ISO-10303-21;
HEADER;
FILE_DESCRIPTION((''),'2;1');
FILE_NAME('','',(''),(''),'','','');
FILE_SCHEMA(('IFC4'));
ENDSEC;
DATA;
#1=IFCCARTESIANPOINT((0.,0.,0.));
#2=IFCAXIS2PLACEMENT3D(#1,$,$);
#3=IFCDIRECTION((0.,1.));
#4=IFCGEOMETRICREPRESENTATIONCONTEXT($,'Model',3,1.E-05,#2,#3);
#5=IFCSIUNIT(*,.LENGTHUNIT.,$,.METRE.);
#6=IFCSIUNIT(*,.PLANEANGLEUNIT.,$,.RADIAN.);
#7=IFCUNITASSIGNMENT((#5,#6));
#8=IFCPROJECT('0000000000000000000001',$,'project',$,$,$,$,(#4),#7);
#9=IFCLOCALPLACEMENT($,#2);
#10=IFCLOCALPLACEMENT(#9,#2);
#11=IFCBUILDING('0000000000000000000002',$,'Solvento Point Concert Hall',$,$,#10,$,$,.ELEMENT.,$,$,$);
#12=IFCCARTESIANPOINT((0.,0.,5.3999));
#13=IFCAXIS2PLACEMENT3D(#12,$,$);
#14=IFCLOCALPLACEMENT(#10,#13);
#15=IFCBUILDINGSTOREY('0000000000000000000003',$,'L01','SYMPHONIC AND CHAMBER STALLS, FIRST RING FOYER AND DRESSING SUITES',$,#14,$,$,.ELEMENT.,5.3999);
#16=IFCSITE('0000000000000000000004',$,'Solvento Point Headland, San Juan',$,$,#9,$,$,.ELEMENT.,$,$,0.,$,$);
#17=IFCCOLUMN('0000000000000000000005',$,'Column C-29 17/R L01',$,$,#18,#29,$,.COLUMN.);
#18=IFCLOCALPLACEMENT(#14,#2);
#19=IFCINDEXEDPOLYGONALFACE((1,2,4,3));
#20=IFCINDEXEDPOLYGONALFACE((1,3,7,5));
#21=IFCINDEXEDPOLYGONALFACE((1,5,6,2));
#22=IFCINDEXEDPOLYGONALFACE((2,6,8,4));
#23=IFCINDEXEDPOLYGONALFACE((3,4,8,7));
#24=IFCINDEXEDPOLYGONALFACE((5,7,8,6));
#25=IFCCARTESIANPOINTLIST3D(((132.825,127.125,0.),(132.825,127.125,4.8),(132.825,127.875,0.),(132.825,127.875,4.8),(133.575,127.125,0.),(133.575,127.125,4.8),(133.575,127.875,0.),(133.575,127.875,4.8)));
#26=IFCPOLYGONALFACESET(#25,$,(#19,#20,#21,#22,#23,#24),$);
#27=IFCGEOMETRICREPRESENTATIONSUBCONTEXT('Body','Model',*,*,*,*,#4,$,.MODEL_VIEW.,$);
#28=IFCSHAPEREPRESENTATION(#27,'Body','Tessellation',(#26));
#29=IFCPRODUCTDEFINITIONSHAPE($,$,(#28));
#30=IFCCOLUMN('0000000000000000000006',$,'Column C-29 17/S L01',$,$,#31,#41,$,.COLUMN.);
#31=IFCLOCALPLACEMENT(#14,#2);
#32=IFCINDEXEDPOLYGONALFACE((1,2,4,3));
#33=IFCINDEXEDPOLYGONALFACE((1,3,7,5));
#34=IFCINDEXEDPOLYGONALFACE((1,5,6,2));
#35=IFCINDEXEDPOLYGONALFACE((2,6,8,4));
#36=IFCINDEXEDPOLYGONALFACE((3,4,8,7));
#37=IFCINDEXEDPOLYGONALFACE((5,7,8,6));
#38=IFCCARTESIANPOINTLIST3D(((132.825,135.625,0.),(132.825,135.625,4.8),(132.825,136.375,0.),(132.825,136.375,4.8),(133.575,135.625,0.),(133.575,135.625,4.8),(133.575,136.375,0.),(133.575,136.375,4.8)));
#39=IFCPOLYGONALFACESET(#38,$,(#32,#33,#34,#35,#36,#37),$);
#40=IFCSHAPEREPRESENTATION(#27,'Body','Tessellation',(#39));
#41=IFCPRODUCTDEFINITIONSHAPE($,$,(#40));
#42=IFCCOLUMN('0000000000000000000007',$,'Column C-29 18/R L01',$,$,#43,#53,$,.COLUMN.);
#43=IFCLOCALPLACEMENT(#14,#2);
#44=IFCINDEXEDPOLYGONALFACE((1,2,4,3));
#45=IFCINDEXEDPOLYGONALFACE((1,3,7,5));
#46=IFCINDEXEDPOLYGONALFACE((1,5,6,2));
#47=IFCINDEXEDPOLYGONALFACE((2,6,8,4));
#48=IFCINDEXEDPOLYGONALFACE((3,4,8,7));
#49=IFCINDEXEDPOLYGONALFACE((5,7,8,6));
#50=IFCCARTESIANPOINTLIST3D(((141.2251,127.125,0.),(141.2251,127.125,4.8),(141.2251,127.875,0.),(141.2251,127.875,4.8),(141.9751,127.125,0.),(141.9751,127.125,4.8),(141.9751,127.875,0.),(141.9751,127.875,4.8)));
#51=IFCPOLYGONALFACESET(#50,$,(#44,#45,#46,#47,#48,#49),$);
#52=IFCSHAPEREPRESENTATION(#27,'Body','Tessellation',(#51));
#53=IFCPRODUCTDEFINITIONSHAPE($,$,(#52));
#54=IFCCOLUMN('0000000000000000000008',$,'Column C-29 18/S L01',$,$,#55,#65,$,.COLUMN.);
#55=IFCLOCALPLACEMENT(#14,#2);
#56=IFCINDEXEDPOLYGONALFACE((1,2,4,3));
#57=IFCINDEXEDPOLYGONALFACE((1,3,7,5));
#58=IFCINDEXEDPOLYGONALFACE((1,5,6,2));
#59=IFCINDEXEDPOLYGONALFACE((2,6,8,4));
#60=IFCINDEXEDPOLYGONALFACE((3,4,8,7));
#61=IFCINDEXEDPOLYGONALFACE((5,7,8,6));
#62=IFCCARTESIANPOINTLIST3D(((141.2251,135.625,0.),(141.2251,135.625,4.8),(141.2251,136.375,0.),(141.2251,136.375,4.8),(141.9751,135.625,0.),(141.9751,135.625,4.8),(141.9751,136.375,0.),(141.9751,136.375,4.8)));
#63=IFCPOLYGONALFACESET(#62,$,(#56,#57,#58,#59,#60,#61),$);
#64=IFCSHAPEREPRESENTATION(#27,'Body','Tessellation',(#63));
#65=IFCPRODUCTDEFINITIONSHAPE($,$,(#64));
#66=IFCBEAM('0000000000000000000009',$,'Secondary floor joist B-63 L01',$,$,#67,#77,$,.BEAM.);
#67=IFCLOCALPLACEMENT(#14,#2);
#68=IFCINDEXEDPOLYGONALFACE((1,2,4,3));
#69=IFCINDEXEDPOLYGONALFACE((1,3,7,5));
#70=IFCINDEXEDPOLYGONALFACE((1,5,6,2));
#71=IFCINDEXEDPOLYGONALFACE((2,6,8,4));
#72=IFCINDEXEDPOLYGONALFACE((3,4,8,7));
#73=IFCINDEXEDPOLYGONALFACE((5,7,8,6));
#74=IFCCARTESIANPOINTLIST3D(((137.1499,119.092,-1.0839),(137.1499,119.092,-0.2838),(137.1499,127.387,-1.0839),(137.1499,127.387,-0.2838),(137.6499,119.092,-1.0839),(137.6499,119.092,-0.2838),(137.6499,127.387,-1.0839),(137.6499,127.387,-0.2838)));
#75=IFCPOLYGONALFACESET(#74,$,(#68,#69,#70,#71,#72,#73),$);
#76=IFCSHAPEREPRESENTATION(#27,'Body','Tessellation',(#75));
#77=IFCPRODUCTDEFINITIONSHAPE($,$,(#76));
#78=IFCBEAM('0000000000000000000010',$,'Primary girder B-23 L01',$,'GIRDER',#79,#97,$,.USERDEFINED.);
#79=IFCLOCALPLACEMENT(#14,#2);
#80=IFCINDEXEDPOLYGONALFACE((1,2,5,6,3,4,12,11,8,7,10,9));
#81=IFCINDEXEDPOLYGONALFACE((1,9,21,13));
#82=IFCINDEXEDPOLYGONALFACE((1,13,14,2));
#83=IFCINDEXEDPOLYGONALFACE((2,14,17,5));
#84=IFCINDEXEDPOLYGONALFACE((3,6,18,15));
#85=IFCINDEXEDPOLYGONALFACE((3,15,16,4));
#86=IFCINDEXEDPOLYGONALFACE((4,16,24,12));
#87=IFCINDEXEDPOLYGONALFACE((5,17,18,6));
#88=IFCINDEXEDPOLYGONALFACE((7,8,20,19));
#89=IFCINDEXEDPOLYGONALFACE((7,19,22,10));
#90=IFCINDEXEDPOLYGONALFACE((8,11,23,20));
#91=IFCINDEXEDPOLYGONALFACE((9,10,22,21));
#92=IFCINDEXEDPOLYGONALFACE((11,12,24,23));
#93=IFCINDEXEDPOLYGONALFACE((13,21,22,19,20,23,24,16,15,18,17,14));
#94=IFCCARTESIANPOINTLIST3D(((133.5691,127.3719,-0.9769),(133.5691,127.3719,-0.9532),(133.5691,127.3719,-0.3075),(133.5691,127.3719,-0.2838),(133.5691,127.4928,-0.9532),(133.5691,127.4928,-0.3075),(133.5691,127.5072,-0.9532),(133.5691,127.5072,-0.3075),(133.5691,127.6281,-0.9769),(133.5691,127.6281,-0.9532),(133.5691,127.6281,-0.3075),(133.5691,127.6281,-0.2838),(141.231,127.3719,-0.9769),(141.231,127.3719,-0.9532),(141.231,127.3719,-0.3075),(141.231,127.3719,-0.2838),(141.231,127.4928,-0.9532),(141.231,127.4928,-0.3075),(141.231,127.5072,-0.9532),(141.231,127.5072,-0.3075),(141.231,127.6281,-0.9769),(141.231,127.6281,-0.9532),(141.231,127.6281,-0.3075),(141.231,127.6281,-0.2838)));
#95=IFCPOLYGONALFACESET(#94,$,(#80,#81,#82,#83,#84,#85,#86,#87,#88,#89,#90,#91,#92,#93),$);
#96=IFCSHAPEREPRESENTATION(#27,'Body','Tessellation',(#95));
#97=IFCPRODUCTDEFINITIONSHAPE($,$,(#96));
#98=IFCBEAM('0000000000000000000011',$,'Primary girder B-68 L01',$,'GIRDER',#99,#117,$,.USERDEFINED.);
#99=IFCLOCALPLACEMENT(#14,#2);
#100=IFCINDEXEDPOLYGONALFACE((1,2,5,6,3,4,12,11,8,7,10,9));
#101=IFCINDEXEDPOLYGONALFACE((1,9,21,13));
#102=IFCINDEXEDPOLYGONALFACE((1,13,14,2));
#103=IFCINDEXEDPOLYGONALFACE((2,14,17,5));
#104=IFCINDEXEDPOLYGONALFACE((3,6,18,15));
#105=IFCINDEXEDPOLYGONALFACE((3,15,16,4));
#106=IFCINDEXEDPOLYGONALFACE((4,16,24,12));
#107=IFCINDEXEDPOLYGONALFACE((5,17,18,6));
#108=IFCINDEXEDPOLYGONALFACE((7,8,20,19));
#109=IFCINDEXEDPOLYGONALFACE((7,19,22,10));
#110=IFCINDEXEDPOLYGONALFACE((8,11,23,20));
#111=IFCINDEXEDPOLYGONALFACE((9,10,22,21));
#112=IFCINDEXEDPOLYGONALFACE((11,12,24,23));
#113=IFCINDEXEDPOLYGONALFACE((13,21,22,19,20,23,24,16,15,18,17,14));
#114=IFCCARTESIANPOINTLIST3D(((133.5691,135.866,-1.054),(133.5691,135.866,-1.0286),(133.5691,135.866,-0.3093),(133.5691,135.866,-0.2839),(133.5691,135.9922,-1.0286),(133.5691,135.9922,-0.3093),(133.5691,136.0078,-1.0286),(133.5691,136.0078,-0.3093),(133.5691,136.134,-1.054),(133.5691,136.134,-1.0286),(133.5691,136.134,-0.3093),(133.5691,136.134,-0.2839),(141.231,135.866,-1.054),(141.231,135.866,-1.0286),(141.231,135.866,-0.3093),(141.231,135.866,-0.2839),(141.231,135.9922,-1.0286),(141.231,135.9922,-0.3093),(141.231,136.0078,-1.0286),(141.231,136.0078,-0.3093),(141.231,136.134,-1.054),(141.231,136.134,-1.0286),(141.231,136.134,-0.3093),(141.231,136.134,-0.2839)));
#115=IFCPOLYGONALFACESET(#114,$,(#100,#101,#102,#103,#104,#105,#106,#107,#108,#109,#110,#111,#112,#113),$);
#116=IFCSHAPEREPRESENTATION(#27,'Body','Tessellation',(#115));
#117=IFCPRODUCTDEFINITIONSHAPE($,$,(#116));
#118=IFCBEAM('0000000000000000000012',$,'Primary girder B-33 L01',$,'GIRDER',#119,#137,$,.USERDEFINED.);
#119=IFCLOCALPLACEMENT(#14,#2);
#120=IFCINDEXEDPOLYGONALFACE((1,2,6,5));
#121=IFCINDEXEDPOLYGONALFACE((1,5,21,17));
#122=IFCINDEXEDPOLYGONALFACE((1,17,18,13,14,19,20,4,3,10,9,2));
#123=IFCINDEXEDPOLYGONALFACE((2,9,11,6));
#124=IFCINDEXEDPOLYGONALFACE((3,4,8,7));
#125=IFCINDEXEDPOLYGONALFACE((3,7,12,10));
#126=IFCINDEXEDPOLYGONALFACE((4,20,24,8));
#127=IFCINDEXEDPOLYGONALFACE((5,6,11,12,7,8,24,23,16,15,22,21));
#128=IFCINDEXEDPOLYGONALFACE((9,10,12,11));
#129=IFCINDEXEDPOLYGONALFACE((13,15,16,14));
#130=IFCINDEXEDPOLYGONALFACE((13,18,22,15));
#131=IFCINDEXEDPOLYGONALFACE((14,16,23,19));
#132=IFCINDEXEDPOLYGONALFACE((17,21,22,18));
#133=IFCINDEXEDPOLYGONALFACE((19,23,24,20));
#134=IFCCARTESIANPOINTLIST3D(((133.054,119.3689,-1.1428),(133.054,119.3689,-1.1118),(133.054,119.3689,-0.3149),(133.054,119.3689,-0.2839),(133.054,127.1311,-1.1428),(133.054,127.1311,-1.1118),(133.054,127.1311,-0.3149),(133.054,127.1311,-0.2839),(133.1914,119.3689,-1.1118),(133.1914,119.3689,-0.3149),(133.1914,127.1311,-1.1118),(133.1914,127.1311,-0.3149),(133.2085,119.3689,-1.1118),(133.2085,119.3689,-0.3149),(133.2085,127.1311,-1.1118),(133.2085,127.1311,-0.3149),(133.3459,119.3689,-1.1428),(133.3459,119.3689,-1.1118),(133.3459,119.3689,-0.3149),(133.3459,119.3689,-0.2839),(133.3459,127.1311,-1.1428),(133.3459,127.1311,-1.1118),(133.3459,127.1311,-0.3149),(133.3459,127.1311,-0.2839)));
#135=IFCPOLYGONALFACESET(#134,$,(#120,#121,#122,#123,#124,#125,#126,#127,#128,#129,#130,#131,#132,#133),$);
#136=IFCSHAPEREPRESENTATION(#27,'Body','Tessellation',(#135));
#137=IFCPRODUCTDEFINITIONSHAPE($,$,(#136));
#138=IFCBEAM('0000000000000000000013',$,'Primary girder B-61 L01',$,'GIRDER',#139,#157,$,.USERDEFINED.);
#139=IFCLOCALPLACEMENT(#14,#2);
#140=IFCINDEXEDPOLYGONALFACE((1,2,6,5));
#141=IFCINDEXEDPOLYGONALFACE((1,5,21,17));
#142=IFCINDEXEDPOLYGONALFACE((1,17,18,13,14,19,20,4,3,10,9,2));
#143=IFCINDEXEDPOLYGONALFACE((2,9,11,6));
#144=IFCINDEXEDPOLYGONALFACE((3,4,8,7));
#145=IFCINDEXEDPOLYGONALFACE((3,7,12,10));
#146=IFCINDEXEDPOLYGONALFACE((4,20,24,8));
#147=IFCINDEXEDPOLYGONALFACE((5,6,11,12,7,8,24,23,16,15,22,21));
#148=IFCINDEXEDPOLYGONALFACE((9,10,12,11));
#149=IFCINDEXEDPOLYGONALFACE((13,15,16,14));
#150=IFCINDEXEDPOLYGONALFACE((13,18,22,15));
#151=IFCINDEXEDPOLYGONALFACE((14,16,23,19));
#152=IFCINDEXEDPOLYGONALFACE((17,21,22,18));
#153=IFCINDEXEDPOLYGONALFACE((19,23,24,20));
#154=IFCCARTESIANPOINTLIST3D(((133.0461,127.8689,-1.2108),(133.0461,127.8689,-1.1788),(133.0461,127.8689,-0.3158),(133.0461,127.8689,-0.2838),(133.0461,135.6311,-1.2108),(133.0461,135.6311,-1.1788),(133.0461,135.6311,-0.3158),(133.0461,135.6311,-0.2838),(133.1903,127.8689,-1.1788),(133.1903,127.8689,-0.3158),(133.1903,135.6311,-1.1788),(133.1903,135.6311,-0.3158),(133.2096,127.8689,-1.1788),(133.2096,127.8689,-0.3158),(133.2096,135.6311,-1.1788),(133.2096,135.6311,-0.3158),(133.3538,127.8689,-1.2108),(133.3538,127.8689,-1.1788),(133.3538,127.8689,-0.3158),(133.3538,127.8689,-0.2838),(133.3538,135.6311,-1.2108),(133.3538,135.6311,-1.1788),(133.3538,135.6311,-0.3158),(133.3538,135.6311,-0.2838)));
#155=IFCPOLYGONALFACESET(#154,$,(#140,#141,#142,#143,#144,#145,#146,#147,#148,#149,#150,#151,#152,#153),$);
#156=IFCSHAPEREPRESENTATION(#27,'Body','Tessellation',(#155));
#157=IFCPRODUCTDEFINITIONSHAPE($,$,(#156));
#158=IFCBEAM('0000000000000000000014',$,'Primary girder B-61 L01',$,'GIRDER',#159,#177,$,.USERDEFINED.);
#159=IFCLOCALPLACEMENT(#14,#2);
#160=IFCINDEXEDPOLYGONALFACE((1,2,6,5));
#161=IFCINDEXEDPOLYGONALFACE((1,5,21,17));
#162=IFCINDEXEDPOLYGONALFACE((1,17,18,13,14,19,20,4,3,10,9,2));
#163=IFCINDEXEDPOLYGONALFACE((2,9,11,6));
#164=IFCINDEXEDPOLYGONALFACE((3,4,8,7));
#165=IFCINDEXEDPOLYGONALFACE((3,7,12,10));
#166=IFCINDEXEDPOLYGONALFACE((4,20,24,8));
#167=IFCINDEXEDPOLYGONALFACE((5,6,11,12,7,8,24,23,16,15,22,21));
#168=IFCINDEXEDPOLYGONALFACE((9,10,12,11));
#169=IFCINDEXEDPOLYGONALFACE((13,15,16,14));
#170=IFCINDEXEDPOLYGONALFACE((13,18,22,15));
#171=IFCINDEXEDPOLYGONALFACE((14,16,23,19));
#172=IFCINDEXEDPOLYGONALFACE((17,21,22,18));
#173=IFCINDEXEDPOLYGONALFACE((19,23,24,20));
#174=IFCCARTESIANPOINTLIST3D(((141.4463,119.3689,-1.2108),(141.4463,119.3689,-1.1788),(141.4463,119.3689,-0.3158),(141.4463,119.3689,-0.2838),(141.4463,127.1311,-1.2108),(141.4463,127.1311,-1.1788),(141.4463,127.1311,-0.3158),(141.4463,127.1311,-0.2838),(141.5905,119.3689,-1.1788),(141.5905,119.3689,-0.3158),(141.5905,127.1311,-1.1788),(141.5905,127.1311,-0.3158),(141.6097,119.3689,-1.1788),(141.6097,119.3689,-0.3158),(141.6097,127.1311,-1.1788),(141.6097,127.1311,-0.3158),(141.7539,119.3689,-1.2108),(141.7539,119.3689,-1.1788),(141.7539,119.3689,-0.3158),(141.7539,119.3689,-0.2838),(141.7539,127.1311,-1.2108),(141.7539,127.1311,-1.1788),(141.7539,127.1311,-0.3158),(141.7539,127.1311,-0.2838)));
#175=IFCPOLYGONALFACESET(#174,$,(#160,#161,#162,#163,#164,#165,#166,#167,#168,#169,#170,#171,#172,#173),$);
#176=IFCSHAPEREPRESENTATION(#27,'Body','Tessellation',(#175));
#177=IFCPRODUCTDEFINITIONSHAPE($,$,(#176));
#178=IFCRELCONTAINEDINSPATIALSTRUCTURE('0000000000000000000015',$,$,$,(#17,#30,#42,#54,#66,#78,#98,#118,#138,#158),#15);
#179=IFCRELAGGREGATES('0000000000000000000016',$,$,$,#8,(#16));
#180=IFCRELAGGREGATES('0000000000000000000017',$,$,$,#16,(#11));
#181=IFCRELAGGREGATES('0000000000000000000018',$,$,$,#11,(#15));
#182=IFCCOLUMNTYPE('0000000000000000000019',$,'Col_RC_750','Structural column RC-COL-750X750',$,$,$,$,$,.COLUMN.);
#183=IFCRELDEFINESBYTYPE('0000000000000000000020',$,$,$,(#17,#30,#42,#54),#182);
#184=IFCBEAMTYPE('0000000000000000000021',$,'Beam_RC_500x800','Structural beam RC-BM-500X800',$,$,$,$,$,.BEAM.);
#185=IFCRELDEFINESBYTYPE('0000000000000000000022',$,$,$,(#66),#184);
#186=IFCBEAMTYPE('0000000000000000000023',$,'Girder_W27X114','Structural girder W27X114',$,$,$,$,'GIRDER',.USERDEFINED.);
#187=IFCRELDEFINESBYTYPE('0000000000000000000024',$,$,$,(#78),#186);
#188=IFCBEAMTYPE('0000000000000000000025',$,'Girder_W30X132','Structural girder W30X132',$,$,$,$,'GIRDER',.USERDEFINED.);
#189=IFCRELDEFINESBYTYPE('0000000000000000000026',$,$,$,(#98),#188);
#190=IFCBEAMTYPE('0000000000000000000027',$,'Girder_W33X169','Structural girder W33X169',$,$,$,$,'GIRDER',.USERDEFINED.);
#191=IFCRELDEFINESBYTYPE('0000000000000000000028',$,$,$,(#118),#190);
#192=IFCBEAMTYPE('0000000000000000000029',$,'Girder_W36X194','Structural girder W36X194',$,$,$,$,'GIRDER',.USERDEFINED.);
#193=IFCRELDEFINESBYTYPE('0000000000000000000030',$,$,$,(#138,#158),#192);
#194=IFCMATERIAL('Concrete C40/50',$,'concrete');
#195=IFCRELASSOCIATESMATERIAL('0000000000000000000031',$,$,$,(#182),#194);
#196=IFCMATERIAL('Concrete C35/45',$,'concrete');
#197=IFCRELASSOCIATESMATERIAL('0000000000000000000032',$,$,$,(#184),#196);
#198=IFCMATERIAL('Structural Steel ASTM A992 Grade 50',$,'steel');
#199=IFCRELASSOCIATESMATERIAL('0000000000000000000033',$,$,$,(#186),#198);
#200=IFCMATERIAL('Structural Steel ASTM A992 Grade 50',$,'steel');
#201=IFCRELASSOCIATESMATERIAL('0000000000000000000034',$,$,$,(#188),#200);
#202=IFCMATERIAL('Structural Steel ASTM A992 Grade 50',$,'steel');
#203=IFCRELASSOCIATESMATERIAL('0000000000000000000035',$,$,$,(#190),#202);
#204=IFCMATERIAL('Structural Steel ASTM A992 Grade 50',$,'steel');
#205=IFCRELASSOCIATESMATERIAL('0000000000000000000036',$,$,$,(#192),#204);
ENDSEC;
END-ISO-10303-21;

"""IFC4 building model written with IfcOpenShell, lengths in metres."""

from ifc_helpers import new_model, si_unit, direction, frame, origin, origin_2d, place, context, subcontext, project, spatial, rectangle, i_section, extrude, material, material_profile, profile_set, type_object, element, save


model = new_model("IFC4")

# Units and contexts
model_context = context("Model", 3, precision=1e-05, world=origin(), true_north=direction((0.0, 1.0)))
body_context = subcontext(model_context, "Body", "Model", "MODEL_VIEW")
ifc_project = project(units=[si_unit("LENGTHUNIT", "METRE"), si_unit("PLANEANGLEUNIT", "RADIAN")], contexts=[model_context])

# Site, building, storey
site_placement = place(None, origin())
site = spatial("IfcSite", under=ifc_project, at=site_placement, Name="Solvento Point Headland, San Juan", CompositionType="ELEMENT", RefElevation=0.0)
building_placement = place(site_placement, origin())
building = spatial("IfcBuilding", under=site, at=building_placement, Name="Solvento Point Concert Hall", CompositionType="ELEMENT")
storey_placement = place(building_placement, frame((0.0, 0.0, 5.3999)))
storey = spatial("IfcBuildingStorey", under=building, at=storey_placement, Name="L01", Description="SYMPHONIC AND CHAMBER STALLS, FIRST RING FOYER AND DRESSING SUITES", CompositionType="ELEMENT", Elevation=5.3999)

# Columns
ifc_material_1 = material(Name="Concrete C40/50", Category="concrete")
ifc_material_profile_1 = material_profile(ifc_material_1, rectangle(XDim=0.75, YDim=0.75, at=origin_2d()), Name="RC-COL-750X750")
ifc_profile_set_1 = profile_set([ifc_material_profile_1], Name="Concrete C40/50")
column_type = type_object("IfcColumnType", Name="Col_RC_750", Description="Structural column RC-COL-750X750", PredefinedType="COLUMN", material=ifc_profile_set_1)
for number, where, z_axis, x_axis, name in (
    (1, (133.2, 127.5, 0.0), (0.0, 0.0, 1.0), (1.0, 0.0, 0.0), "Column C-29 17/R L01"),
    (2, (133.2, 136.0, 0.0), (0.0, 0.0, 1.0), (1.0, 0.0, 0.0), "Column C-29 17/S L01"),
    (3, (141.6001, 127.5, 0.0), (0.0, 0.0, 1.0), (1.0, 0.0, 0.0), "Column C-29 18/R L01"),
    (4, (141.6001, 136.0, 0.0), (0.0, 0.0, 1.0), (1.0, 0.0, 0.0), "Column C-29 18/S L01"),
):
    element("IfcColumn", number, at=place(storey_placement, frame(where, z_axis=z_axis, x_axis=x_axis)), inside=storey, type_object=column_type, Name=name, PredefinedType="COLUMN", context=body_context, shape_type="SweptSolid", body=[
        extrude(rectangle(XDim=0.75, YDim=0.75, at=origin_2d()), origin(), (0.0, 0.0, 1.0), 4.8),
    ])

# Beams
ifc_material_2 = material(Name="Concrete C35/45", Category="concrete")
ifc_material_profile_2 = material_profile(ifc_material_2, rectangle(XDim=0.5, YDim=0.8, at=origin_2d()), Name="RC-BM-500X800")
ifc_profile_set_2 = profile_set([ifc_material_profile_2], Name="Concrete C35/45")
beam_type_1 = type_object("IfcBeamType", Name="Beam_RC_500x800", Description="Structural beam RC-BM-500X800", PredefinedType="BEAM", material=ifc_profile_set_2)
beam_1_placement = place(storey_placement, frame((137.3999, 119.092, -0.6838), z_axis=(0.0, 1.0, 0.0), x_axis=(-1.0, 0.0, 0.0)))
element("IfcBeam", 5, at=beam_1_placement, inside=storey, type_object=beam_type_1, Name="Secondary floor joist B-63 L01", PredefinedType="BEAM", context=body_context, shape_type="SweptSolid", body=[
    extrude(rectangle(XDim=0.5, YDim=0.8, at=origin_2d()), origin(), (0.0, 0.0, 1.0), 8.2949),
])
ifc_material_3 = material(Name="Structural Steel ASTM A992 Grade 50", Category="steel")
ifc_material_profile_3 = material_profile(ifc_material_3, i_section(OverallWidth=0.2561, OverallDepth=0.6931, WebThickness=0.0144, FlangeThickness=0.0237, at=origin_2d()), Name="W27X114")
ifc_profile_set_3 = profile_set([ifc_material_profile_3], Name="Structural Steel ASTM A992 Grade 50")
beam_type_2 = type_object("IfcBeamType", Name="Girder_W27X114", Description="Structural girder W27X114", ElementType="GIRDER", PredefinedType="USERDEFINED", material=ifc_profile_set_3)
beam_2_placement = place(storey_placement, frame((133.5691, 127.5, -0.6304), z_axis=(1.0, 0.0, 0.0), x_axis=(0.0, 1.0, 0.0)))
element("IfcBeam", 6, at=beam_2_placement, inside=storey, type_object=beam_type_2, Name="Primary girder B-23 L01", ObjectType="GIRDER", PredefinedType="USERDEFINED", context=body_context, shape_type="SweptSolid", body=[
    extrude(i_section(OverallWidth=0.2561, OverallDepth=0.6931, WebThickness=0.0144, FlangeThickness=0.0237, at=origin_2d()), origin(), (0.0, 0.0, 1.0), 7.6619),
])
ifc_material_4 = material(Name="Structural Steel ASTM A992 Grade 50", Category="steel")
ifc_material_profile_4 = material_profile(ifc_material_4, i_section(OverallWidth=0.2681, OverallDepth=0.77, WebThickness=0.0156, FlangeThickness=0.0254, at=origin_2d()), Name="W30X132")
ifc_profile_set_4 = profile_set([ifc_material_profile_4], Name="Structural Steel ASTM A992 Grade 50")
beam_type_3 = type_object("IfcBeamType", Name="Girder_W30X132", Description="Structural girder W30X132", ElementType="GIRDER", PredefinedType="USERDEFINED", material=ifc_profile_set_4)
beam_3_placement = place(storey_placement, frame((133.5691, 136.0, -0.6689), z_axis=(1.0, 0.0, 0.0), x_axis=(0.0, 1.0, 0.0)))
element("IfcBeam", 7, at=beam_3_placement, inside=storey, type_object=beam_type_3, Name="Primary girder B-68 L01", ObjectType="GIRDER", PredefinedType="USERDEFINED", context=body_context, shape_type="SweptSolid", body=[
    extrude(i_section(OverallWidth=0.2681, OverallDepth=0.77, WebThickness=0.0156, FlangeThickness=0.0254, at=origin_2d()), origin(), (0.0, 0.0, 1.0), 7.6619),
])
ifc_material_5 = material(Name="Structural Steel ASTM A992 Grade 50", Category="steel")
ifc_material_profile_5 = material_profile(ifc_material_5, i_section(OverallWidth=0.292, OverallDepth=0.8589, WebThickness=0.0171, FlangeThickness=0.031, at=origin_2d()), Name="W33X169")
ifc_profile_set_5 = profile_set([ifc_material_profile_5], Name="Structural Steel ASTM A992 Grade 50")
beam_type_4 = type_object("IfcBeamType", Name="Girder_W33X169", Description="Structural girder W33X169", ElementType="GIRDER", PredefinedType="USERDEFINED", material=ifc_profile_set_5)
beam_4_placement = place(storey_placement, frame((133.2, 119.3689, -0.7134), z_axis=(0.0, 1.0, 0.0), x_axis=(-1.0, 0.0, 0.0)))
element("IfcBeam", 8, at=beam_4_placement, inside=storey, type_object=beam_type_4, Name="Primary girder B-33 L01", ObjectType="GIRDER", PredefinedType="USERDEFINED", context=body_context, shape_type="SweptSolid", body=[
    extrude(i_section(OverallWidth=0.292, OverallDepth=0.8589, WebThickness=0.0171, FlangeThickness=0.031, at=origin_2d()), origin(), (0.0, 0.0, 1.0), 7.7622),
])
ifc_material_6 = material(Name="Structural Steel ASTM A992 Grade 50", Category="steel")
ifc_material_profile_6 = material_profile(ifc_material_6, i_section(OverallWidth=0.3076, OverallDepth=0.927, WebThickness=0.0193, FlangeThickness=0.032, at=origin_2d()), Name="W36X194")
ifc_profile_set_6 = profile_set([ifc_material_profile_6], Name="Structural Steel ASTM A992 Grade 50")
beam_type_5 = type_object("IfcBeamType", Name="Girder_W36X194", Description="Structural girder W36X194", ElementType="GIRDER", PredefinedType="USERDEFINED", material=ifc_profile_set_6)
for number, where, z_axis, x_axis, name in (
    (9, (133.2, 127.8689, -0.7473), (0.0, 1.0, 0.0), (-1.0, 0.0, 0.0), "Primary girder B-61 L01"),
    (10, (141.6001, 119.3689, -0.7473), (0.0, 1.0, 0.0), (-1.0, 0.0, 0.0), "Primary girder B-61 L01"),
):
    element("IfcBeam", number, at=place(storey_placement, frame(where, z_axis=z_axis, x_axis=x_axis)), inside=storey, type_object=beam_type_5, Name=name, ObjectType="GIRDER", PredefinedType="USERDEFINED", context=body_context, shape_type="SweptSolid", body=[
        extrude(i_section(OverallWidth=0.3076, OverallDepth=0.927, WebThickness=0.0193, FlangeThickness=0.032, at=origin_2d()), origin(), (0.0, 0.0, 1.0), 7.7622),
    ])

save(model, "model.ifc")
